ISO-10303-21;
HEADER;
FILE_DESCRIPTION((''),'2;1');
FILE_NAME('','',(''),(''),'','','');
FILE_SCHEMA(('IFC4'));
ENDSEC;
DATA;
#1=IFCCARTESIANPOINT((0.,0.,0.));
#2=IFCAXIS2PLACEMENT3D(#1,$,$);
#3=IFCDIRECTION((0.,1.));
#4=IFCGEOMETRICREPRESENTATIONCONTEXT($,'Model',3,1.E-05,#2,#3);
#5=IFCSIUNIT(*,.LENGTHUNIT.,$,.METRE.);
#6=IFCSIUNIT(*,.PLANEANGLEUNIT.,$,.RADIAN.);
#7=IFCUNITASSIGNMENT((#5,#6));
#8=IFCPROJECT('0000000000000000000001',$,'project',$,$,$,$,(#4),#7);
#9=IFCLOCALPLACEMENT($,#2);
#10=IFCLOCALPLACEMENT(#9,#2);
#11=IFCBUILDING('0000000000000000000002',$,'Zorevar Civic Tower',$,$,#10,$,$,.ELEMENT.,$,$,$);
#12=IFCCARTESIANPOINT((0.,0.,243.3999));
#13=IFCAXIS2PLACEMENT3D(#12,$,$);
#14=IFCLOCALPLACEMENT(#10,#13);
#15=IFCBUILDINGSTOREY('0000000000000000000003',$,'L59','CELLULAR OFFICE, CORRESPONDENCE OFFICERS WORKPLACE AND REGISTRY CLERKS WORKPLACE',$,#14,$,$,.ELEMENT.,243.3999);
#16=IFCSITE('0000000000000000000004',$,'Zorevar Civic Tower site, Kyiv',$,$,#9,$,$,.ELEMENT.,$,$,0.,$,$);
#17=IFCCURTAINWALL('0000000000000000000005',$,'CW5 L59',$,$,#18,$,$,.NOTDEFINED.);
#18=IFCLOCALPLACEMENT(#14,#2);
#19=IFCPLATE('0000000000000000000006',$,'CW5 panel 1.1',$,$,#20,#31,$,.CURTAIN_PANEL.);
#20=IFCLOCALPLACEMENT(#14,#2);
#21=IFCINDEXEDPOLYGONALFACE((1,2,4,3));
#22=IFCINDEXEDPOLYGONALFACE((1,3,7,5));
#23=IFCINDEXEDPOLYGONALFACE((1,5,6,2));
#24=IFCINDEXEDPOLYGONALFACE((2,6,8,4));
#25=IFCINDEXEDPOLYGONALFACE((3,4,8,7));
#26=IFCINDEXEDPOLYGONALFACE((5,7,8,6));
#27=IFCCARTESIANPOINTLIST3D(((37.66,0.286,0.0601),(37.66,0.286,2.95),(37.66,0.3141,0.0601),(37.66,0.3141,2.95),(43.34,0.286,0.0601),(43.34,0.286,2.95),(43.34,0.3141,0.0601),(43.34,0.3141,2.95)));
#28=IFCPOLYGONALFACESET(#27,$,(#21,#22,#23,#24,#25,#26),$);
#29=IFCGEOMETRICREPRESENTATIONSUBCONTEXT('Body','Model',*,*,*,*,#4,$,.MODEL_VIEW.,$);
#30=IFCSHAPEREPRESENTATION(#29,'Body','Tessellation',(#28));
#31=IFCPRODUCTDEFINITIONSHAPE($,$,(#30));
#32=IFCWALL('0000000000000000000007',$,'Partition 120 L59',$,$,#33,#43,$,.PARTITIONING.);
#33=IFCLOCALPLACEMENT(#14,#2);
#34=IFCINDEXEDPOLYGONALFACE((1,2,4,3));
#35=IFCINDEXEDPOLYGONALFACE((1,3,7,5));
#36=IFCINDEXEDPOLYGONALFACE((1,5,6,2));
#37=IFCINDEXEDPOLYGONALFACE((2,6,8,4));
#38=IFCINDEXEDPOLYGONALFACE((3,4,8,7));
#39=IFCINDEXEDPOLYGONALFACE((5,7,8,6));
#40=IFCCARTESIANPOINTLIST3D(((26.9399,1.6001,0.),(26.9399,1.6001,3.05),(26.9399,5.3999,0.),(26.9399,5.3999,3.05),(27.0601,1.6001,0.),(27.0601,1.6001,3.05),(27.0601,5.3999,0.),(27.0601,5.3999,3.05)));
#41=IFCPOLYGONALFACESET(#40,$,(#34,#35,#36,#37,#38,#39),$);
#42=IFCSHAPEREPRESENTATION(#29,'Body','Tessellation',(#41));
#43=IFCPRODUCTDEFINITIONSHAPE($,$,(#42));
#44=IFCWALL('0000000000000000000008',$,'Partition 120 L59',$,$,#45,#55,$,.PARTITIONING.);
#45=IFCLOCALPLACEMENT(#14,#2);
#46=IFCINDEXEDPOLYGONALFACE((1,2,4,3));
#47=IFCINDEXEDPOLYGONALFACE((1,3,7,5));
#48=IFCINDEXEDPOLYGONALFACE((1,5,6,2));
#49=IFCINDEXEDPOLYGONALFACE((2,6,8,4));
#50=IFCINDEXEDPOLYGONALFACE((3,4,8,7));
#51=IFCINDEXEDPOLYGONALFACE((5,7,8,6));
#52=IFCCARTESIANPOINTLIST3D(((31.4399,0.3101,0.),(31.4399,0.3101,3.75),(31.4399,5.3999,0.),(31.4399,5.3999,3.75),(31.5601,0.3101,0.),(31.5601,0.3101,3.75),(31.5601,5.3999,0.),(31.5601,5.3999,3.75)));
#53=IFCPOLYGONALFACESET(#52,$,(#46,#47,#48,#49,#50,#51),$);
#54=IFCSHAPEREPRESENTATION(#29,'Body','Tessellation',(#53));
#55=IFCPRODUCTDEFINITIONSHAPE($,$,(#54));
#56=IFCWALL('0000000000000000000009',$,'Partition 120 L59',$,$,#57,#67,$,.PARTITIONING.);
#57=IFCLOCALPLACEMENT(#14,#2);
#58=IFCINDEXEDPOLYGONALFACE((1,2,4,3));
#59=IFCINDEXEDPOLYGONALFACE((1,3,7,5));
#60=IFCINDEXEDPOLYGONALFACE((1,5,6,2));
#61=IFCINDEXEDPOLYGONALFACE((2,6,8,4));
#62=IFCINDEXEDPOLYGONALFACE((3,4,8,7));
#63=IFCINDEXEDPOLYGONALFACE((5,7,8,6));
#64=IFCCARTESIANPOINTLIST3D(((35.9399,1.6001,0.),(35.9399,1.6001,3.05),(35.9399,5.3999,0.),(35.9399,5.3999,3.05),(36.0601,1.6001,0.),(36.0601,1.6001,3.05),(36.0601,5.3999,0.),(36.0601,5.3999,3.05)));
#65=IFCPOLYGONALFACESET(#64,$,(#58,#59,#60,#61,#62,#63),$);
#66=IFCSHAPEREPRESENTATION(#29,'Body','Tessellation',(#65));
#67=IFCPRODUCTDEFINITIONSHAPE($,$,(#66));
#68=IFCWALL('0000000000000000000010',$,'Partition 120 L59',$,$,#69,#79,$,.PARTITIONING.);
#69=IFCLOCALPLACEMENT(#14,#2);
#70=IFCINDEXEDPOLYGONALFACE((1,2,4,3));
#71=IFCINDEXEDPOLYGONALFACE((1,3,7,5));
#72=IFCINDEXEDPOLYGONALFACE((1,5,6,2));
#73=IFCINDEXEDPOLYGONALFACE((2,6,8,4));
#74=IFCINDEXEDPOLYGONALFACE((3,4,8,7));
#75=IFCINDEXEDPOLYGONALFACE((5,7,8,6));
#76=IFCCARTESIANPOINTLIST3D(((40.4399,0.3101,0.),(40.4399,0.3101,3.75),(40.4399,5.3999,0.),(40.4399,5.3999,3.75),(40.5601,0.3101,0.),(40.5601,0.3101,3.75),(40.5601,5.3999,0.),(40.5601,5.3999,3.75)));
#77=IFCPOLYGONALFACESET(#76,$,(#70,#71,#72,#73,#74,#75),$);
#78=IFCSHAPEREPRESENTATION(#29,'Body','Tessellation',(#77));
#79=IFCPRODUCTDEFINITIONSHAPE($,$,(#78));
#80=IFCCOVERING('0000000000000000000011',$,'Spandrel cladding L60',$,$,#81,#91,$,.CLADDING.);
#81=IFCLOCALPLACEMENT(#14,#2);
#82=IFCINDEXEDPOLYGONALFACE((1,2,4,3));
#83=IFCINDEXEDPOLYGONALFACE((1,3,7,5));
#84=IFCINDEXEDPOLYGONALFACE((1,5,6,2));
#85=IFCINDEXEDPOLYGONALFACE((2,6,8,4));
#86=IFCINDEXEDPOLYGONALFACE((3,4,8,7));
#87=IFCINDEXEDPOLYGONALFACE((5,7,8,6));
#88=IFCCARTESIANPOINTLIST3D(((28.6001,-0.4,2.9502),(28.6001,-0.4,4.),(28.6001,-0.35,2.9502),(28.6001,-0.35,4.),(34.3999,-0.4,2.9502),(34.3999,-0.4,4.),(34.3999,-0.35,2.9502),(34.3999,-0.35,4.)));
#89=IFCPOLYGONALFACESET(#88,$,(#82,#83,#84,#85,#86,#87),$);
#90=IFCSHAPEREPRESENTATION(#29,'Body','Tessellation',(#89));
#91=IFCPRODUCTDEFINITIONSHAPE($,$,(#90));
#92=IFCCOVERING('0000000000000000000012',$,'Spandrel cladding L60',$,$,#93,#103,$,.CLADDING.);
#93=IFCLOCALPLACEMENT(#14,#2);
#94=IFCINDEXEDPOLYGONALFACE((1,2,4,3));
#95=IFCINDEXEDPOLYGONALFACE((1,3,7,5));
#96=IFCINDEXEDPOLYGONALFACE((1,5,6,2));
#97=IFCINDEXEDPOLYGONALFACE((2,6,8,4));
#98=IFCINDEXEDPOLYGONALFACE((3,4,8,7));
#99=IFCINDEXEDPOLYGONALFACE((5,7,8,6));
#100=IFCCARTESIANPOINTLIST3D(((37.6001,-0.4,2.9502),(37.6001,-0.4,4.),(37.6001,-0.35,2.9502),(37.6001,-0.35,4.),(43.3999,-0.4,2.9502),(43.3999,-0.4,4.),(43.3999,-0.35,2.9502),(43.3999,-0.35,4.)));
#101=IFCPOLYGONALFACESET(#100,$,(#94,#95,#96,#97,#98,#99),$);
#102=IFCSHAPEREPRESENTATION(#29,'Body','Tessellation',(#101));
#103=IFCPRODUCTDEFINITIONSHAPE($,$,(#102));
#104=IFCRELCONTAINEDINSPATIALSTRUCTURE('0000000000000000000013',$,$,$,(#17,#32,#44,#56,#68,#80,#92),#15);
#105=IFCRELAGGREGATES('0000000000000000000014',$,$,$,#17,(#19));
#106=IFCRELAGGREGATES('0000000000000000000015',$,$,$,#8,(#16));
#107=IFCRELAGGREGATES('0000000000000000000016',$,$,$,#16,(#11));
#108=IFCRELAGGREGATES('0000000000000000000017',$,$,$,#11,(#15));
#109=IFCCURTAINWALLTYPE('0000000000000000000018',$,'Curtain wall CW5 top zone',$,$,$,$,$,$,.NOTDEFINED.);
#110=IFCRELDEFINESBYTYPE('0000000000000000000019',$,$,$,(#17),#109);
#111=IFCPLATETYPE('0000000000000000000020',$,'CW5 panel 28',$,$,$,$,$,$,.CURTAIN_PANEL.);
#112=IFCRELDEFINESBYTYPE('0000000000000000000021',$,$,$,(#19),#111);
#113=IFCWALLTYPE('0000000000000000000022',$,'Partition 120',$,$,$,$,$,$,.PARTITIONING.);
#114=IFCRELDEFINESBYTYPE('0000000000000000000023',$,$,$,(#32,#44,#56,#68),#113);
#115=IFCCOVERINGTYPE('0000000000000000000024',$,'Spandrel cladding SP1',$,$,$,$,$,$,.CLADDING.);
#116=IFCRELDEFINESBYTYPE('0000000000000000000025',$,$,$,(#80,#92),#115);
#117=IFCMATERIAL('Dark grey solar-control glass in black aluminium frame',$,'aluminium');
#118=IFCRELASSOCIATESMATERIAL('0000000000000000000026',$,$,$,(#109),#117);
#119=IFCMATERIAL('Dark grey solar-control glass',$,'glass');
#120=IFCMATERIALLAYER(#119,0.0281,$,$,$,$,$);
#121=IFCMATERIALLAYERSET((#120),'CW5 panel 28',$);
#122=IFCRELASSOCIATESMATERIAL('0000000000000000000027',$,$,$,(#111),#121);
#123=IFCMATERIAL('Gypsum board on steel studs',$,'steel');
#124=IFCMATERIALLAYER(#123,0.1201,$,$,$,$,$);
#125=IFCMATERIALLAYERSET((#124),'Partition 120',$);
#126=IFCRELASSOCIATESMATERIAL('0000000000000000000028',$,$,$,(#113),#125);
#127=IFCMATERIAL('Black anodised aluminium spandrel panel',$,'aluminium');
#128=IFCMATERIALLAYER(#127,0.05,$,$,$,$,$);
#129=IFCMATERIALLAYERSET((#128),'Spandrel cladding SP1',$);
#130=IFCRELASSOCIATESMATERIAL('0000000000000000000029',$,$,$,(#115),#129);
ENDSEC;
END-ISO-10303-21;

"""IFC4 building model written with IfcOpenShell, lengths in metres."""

from ifc_helpers import new_model, si_unit, direction, frame, frame_2d, origin, origin_2d, place, context, subcontext, project, spatial, rectangle, extrude, material, layer, layer_set, type_object, element, aggregate, save


model = new_model("IFC4")

# Units and contexts
model_context = context("Model", 3, precision=1e-05, world=origin(), true_north=direction((0.0, 1.0)))
body_context = subcontext(model_context, "Body", "Model", "MODEL_VIEW")
ifc_project = project(units=[si_unit("LENGTHUNIT", "METRE"), si_unit("PLANEANGLEUNIT", "RADIAN")], contexts=[model_context])

# Site, building, storey
site_placement = place(None, origin())
site = spatial("IfcSite", under=ifc_project, at=site_placement, Name="Zorevar Civic Tower site, Kyiv", CompositionType="ELEMENT", RefElevation=0.0)
building_placement = place(site_placement, origin())
building = spatial("IfcBuilding", under=site, at=building_placement, Name="Zorevar Civic Tower", CompositionType="ELEMENT")
storey_placement = place(building_placement, frame((0.0, 0.0, 243.3999)))
storey = spatial("IfcBuildingStorey", under=building, at=storey_placement, Name="L59", Description="CELLULAR OFFICE, CORRESPONDENCE OFFICERS WORKPLACE AND REGISTRY CLERKS WORKPLACE", CompositionType="ELEMENT", Elevation=243.3999)

# Shared definitions
ifc_material_1 = material(Name="Dark grey solar-control glass in black aluminium frame", Category="aluminium")
curtain_wall_type = type_object("IfcCurtainWallType", Name="Curtain wall CW5 top zone", PredefinedType="NOTDEFINED", material=ifc_material_1)

# Curtain wall
curtain_wall_1_placement = place(storey_placement, origin())
curtain_wall_1 = element("IfcCurtainWall", 1, at=curtain_wall_1_placement, inside=storey, type_object=curtain_wall_type, Name="CW5 L59", PredefinedType="NOTDEFINED")

# Plate
ifc_material_2 = material(Name="Dark grey solar-control glass", Category="glass")
ifc_layer_1 = layer(ifc_material_2, 0.0281)
ifc_layer_set_1 = layer_set([ifc_layer_1], Name="CW5 panel 28")
plate_type = type_object("IfcPlateType", Name="CW5 panel 28", PredefinedType="CURTAIN_PANEL", material=ifc_layer_set_1)
plate_1_placement = place(storey_placement, frame((40.5, 0.3, 0.0601), z_axis=(0.0, 0.0, 1.0), x_axis=(1.0, 0.0, 0.0)))
plate_1 = element("IfcPlate", 2, at=plate_1_placement, type_object=plate_type, Name="CW5 panel 1.1", PredefinedType="CURTAIN_PANEL", context=body_context, shape_type="SweptSolid", body=[
    extrude(rectangle(XDim=5.6799, YDim=0.0281, at=origin_2d()), origin(), (0.0, 0.0, 1.0), 2.8899),
])
aggregate(curtain_wall_1, [plate_1])

# Walls
ifc_material_3 = material(Name="Gypsum board on steel studs", Category="steel")
ifc_layer_2 = layer(ifc_material_3, 0.1201)
ifc_layer_set_2 = layer_set([ifc_layer_2], Name="Partition 120")
wall_type = type_object("IfcWallType", Name="Partition 120", PredefinedType="PARTITIONING", material=ifc_layer_set_2)
wall_1_placement = place(storey_placement, frame((27.0, 1.6001, 0.0), z_axis=(0.0, 0.0, 1.0), x_axis=(0.0, 1.0, 0.0)))
element("IfcWall", 3, at=wall_1_placement, inside=storey, type_object=wall_type, Name="Partition 120 L59", PredefinedType="PARTITIONING", context=body_context, shape_type="SweptSolid", body=[
    extrude(rectangle(XDim=3.7998, YDim=0.1201, at=frame_2d((1.8999, 0.0))), origin(), (0.0, 0.0, 1.0), 3.05),
])
wall_2_placement = place(storey_placement, frame((31.5, 0.3101, 0.0), z_axis=(0.0, 0.0, 1.0), x_axis=(0.0, 1.0, 0.0)))
element("IfcWall", 4, at=wall_2_placement, inside=storey, type_object=wall_type, Name="Partition 120 L59", PredefinedType="PARTITIONING", context=body_context, shape_type="SweptSolid", body=[
    extrude(rectangle(XDim=5.0898, YDim=0.1201, at=frame_2d((2.5449, 0.0))), origin(), (0.0, 0.0, 1.0), 3.75),
])
wall_3_placement = place(storey_placement, frame((36.0, 1.6001, 0.0), z_axis=(0.0, 0.0, 1.0), x_axis=(0.0, 1.0, 0.0)))
element("IfcWall", 5, at=wall_3_placement, inside=storey, type_object=wall_type, Name="Partition 120 L59", PredefinedType="PARTITIONING", context=body_context, shape_type="SweptSolid", body=[
    extrude(rectangle(XDim=3.7998, YDim=0.1201, at=frame_2d((1.8999, 0.0))), origin(), (0.0, 0.0, 1.0), 3.05),
])
wall_4_placement = place(storey_placement, frame((40.5, 0.3101, 0.0), z_axis=(0.0, 0.0, 1.0), x_axis=(0.0, 1.0, 0.0)))
element("IfcWall", 6, at=wall_4_placement, inside=storey, type_object=wall_type, Name="Partition 120 L59", PredefinedType="PARTITIONING", context=body_context, shape_type="SweptSolid", body=[
    extrude(rectangle(XDim=5.0898, YDim=0.1201, at=frame_2d((2.5449, 0.0))), origin(), (0.0, 0.0, 1.0), 3.75),
])

# Coverings
ifc_material_4 = material(Name="Black anodised aluminium spandrel panel", Category="aluminium")
ifc_layer_3 = layer(ifc_material_4, 0.05)
ifc_layer_set_3 = layer_set([ifc_layer_3], Name="Spandrel cladding SP1")
covering_type = type_object("IfcCoveringType", Name="Spandrel cladding SP1", PredefinedType="CLADDING", material=ifc_layer_set_3)
for number, where, z_axis, x_axis, name in (
    (7, (28.6001, -0.375, 2.9502), (0.0, 0.0, 1.0), (1.0, 0.0, 0.0), "Spandrel cladding L60"),
    (8, (37.6001, -0.375, 2.9502), (0.0, 0.0, 1.0), (1.0, 0.0, 0.0), "Spandrel cladding L60"),
):
    element("IfcCovering", number, at=place(storey_placement, frame(where, z_axis=z_axis, x_axis=x_axis)), inside=storey, type_object=covering_type, Name=name, PredefinedType="CLADDING", context=body_context, shape_type="SweptSolid", body=[
        extrude(rectangle(XDim=5.7998, YDim=0.05, at=frame_2d((2.8999, 0.0))), origin(), (0.0, 0.0, 1.0), 1.0498),
    ])

save(model, "model.ifc")
